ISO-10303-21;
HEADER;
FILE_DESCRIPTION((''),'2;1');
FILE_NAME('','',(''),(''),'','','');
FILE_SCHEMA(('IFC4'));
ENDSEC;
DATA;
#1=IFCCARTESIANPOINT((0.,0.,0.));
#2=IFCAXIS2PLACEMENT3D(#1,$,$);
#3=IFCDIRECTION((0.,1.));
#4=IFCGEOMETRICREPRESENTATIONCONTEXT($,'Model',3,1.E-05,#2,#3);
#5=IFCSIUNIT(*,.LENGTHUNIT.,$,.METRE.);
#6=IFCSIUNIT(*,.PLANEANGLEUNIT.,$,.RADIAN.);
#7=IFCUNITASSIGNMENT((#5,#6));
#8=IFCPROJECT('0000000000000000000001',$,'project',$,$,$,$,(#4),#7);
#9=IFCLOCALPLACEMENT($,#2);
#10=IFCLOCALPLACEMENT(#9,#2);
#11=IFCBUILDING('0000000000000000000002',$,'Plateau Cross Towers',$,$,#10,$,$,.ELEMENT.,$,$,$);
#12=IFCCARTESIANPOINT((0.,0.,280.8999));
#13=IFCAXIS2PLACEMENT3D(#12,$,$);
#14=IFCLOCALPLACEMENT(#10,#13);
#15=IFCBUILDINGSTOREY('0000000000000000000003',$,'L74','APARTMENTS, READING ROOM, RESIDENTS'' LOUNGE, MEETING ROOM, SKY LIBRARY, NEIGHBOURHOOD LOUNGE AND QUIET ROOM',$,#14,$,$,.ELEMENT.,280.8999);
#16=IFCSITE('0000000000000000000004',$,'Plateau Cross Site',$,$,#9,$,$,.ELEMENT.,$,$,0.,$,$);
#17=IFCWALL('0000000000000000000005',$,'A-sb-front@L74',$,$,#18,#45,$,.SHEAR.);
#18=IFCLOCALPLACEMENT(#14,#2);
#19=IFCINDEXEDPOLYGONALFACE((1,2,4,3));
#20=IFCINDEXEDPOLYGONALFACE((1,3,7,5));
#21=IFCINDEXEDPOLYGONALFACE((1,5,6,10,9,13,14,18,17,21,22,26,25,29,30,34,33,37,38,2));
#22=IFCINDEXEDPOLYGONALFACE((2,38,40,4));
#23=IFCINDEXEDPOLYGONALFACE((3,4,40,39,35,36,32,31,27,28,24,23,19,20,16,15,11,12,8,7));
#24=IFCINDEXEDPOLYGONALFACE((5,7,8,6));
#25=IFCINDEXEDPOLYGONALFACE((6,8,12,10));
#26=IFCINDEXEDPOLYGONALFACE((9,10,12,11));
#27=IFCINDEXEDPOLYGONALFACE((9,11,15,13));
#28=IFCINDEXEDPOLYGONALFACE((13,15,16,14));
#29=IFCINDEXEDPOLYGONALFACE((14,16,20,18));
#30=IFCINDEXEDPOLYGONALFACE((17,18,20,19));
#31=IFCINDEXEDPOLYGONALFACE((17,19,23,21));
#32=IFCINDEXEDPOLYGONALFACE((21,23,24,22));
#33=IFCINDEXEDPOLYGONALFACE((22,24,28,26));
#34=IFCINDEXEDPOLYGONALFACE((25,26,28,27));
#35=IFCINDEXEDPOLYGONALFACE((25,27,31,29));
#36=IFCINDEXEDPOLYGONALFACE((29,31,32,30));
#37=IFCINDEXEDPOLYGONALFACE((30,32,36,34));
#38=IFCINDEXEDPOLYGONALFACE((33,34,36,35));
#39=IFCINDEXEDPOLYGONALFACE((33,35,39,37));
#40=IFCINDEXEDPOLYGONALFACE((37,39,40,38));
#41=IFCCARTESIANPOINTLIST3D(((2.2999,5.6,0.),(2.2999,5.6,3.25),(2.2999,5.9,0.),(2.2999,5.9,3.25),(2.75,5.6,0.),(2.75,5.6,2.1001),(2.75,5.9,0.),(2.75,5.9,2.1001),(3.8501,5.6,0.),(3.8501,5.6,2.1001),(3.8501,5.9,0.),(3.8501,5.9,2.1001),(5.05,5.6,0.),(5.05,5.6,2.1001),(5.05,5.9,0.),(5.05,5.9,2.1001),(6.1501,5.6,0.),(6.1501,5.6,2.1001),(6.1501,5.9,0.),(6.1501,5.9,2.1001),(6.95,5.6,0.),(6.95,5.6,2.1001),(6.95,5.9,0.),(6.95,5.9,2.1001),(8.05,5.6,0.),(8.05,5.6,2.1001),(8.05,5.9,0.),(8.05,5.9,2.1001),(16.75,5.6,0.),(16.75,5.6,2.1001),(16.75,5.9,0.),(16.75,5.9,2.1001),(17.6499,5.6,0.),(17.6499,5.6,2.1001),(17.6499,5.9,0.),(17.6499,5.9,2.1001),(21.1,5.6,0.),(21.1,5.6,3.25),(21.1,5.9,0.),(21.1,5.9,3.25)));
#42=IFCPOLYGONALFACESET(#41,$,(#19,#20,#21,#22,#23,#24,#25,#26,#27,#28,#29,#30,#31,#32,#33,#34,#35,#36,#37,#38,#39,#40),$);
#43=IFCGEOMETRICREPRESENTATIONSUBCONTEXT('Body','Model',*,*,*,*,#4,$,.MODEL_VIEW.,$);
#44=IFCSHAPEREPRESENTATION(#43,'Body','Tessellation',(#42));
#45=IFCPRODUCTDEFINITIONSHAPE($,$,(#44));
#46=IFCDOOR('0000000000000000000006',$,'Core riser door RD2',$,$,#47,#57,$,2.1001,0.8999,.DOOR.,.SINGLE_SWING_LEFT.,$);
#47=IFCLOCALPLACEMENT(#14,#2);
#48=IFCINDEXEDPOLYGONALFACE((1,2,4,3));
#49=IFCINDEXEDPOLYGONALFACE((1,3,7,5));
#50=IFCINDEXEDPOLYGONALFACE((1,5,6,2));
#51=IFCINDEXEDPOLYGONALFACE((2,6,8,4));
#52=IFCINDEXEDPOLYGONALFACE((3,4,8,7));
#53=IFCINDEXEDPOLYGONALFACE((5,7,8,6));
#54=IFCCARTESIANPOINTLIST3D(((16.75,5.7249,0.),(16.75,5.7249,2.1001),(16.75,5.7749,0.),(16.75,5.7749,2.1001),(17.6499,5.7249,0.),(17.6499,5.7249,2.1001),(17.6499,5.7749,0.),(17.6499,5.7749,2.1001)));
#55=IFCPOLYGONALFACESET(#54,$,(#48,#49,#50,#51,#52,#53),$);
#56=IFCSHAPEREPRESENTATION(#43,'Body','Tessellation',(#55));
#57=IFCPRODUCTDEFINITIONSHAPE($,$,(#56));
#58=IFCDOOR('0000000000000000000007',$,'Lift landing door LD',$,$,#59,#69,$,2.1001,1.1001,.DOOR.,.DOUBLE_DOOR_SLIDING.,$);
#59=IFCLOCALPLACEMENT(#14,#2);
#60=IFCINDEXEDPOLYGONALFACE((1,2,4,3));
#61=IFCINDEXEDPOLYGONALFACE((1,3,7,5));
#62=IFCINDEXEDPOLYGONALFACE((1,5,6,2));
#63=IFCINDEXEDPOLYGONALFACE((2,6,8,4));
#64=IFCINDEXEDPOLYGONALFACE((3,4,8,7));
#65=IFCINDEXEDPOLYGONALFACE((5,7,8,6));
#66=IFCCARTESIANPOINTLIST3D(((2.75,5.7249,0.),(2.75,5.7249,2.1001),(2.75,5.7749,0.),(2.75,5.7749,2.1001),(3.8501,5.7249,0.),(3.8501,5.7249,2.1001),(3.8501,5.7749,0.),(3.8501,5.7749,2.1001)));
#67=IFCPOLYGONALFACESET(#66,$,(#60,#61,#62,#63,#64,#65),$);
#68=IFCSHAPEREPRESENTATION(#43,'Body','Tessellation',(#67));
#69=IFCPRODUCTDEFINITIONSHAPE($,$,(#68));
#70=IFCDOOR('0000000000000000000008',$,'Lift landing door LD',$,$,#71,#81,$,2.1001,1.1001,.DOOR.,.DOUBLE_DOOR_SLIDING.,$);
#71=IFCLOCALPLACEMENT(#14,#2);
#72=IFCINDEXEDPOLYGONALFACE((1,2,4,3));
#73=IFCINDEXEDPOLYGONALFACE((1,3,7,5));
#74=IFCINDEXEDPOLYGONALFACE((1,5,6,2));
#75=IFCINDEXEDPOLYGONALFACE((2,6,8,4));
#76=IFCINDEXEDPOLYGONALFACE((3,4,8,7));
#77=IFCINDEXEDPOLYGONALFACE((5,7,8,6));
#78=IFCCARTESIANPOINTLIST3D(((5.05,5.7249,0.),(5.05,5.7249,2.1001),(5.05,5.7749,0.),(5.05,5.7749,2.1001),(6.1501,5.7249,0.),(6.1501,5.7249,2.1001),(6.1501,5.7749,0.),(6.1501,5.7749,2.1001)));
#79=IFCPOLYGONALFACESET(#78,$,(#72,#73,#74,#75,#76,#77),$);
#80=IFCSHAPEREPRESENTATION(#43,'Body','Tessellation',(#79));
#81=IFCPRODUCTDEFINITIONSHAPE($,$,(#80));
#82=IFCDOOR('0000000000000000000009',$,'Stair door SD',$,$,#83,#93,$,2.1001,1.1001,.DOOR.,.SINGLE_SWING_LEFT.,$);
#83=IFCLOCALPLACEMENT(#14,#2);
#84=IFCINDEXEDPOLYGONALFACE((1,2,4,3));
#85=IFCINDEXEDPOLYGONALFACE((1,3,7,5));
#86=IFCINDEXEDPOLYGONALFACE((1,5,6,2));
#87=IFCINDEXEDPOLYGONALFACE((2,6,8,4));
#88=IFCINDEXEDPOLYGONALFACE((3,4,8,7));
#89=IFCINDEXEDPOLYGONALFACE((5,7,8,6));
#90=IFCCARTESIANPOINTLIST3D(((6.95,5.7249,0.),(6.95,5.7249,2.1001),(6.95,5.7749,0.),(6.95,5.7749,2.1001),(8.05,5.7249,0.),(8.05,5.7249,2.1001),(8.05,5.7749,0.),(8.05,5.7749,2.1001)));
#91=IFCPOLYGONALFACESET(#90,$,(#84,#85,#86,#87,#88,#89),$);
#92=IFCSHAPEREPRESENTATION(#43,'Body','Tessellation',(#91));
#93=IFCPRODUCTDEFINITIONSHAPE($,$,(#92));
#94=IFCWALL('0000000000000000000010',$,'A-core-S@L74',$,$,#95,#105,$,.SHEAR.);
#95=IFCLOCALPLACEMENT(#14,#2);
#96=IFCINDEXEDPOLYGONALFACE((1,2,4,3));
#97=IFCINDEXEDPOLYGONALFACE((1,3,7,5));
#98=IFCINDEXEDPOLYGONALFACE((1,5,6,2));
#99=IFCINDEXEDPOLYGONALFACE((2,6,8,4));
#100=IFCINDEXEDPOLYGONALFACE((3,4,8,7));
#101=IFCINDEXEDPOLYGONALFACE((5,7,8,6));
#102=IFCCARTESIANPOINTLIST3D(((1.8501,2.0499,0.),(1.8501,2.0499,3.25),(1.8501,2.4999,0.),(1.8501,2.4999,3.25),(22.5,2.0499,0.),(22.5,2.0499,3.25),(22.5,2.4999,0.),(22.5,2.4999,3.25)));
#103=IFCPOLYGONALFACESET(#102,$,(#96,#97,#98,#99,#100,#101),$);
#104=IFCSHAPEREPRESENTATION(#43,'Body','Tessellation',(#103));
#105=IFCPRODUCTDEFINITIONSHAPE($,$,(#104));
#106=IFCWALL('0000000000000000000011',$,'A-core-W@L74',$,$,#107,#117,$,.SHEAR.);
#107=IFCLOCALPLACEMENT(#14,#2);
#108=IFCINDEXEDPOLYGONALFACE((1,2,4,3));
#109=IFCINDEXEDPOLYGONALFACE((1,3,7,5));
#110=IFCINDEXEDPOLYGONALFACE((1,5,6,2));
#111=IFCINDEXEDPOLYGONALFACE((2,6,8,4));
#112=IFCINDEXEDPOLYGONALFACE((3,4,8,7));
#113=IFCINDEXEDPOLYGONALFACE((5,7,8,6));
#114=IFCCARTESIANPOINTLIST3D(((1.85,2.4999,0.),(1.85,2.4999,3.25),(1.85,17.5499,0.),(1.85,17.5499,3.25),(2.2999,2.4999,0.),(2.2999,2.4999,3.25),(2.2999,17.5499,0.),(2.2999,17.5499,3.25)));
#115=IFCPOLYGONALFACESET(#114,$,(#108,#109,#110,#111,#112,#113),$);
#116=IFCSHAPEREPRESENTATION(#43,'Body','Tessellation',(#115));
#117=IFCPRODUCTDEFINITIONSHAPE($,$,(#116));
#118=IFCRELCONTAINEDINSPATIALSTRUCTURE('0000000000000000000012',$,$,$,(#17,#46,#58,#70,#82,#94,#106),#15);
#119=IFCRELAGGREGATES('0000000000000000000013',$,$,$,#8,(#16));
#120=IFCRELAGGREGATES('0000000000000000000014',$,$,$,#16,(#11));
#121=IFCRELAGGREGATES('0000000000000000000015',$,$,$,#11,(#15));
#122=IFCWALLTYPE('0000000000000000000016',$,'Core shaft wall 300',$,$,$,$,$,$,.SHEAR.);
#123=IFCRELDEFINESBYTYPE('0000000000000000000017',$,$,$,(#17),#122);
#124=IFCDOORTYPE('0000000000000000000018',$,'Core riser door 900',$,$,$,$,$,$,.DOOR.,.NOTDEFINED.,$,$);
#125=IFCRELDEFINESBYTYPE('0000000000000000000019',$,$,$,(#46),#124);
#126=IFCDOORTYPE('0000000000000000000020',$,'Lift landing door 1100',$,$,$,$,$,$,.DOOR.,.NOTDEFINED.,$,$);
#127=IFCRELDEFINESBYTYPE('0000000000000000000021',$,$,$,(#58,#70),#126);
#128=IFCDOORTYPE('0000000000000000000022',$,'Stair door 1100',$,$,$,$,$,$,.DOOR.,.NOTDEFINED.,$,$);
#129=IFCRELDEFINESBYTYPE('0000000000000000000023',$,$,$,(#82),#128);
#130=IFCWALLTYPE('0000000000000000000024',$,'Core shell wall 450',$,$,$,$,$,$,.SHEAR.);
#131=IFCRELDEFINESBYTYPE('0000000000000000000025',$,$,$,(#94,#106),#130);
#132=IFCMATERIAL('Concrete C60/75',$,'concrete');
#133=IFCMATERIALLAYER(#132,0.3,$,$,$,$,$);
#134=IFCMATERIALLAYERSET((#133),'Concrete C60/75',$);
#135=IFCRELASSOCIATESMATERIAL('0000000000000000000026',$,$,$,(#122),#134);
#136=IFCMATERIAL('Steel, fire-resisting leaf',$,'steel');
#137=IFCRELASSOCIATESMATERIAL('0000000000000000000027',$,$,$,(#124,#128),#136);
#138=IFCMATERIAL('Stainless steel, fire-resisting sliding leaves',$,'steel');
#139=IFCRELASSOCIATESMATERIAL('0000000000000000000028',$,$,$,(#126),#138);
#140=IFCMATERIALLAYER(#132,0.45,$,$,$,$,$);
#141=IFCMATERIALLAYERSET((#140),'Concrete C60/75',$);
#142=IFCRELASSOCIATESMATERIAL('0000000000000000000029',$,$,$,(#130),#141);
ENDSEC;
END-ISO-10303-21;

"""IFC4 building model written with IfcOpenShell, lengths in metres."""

from ifc_helpers import new_model, si_unit, direction, frame, frame_2d, origin, place, context, subcontext, project, spatial, rectangle, extrude, material, layer, layer_set, type_object, element, fill, save


model = new_model("IFC4")

# Units and contexts
model_context = context("Model", 3, precision=1e-05, world=origin(), true_north=direction((0.0, 1.0)))
body_context = subcontext(model_context, "Body", "Model", "MODEL_VIEW")
ifc_project = project(units=[si_unit("LENGTHUNIT", "METRE"), si_unit("PLANEANGLEUNIT", "RADIAN")], contexts=[model_context])

# Site, building, storey
site_placement = place(None, origin())
site = spatial("IfcSite", under=ifc_project, at=site_placement, Name="Plateau Cross Site", CompositionType="ELEMENT", RefElevation=0.0)
building_placement = place(site_placement, origin())
building = spatial("IfcBuilding", under=site, at=building_placement, Name="Plateau Cross Towers", CompositionType="ELEMENT")
storey_placement = place(building_placement, frame((0.0, 0.0, 280.8999)))
storey = spatial("IfcBuildingStorey", under=building, at=storey_placement, Name="L74", Description="APARTMENTS, READING ROOM, RESIDENTS' LOUNGE, MEETING ROOM, SKY LIBRARY, NEIGHBOURHOOD LOUNGE AND QUIET ROOM", CompositionType="ELEMENT", Elevation=280.8999)

# Shared definitions
ifc_material_1 = material(Name="Concrete C60/75", Category="concrete")

# Shared definitions
ifc_layer_1 = layer(ifc_material_1, 0.3)
ifc_layer_set_1 = layer_set([ifc_layer_1], Name="Concrete C60/75")
wall_type_1 = type_object("IfcWallType", Name="Core shaft wall 300", PredefinedType="SHEAR", material=ifc_layer_set_1)

# Wall, openings, doors
wall_1_placement = place(storey_placement, frame((2.3, 5.75, 0.0), z_axis=(0.0, 0.0, 1.0), x_axis=(1.0, 0.0, 0.0)))
wall_1 = element("IfcWall", 1, at=wall_1_placement, inside=storey, type_object=wall_type_1, Name="A-sb-front@L74", PredefinedType="SHEAR", context=body_context, shape_type="SweptSolid", body=[
    extrude(rectangle(XDim=18.8, YDim=0.3, at=frame_2d((9.3999, 0.0))), origin(), (0.0, 0.0, 1.0), 3.25),
])
opening_1_placement = place(wall_1_placement, frame((4.6499, 0.0, 0.0)))
opening_1 = element("IfcOpeningElement", 2, at=opening_1_placement, cuts=wall_1, PredefinedType="OPENING", context=body_context, shape_type="SweptSolid", body=[
    extrude(rectangle(XDim=1.1001, YDim=2.1001, at=frame_2d((0.55, 1.05))), frame((0.0, 0.1599, 0.0), z_axis=(0.0, -1.0, 0.0), x_axis=(1.0, 0.0, 0.0)), (0.0, 0.0, 1.0), 0.3201),
])
opening_2_placement = place(wall_1_placement, frame((0.45, 0.0, 0.0)))
opening_2 = element("IfcOpeningElement", 3, at=opening_2_placement, cuts=wall_1, PredefinedType="OPENING", context=body_context, shape_type="SweptSolid", body=[
    extrude(rectangle(XDim=1.1001, YDim=2.1001, at=frame_2d((0.55, 1.05))), frame((0.0, 0.1599, 0.0), z_axis=(0.0, -1.0, 0.0), x_axis=(1.0, 0.0, 0.0)), (0.0, 0.0, 1.0), 0.3201),
])
opening_3_placement = place(wall_1_placement, frame((2.75, 0.0, 0.0)))
opening_3 = element("IfcOpeningElement", 4, at=opening_3_placement, cuts=wall_1, PredefinedType="OPENING", context=body_context, shape_type="SweptSolid", body=[
    extrude(rectangle(XDim=1.1001, YDim=2.1001, at=frame_2d((0.55, 1.05))), frame((0.0, 0.1599, 0.0), z_axis=(0.0, -1.0, 0.0), x_axis=(1.0, 0.0, 0.0)), (0.0, 0.0, 1.0), 0.3201),
])
opening_4_placement = place(wall_1_placement, frame((14.45, 0.0, 0.0)))
opening_4 = element("IfcOpeningElement", 5, at=opening_4_placement, cuts=wall_1, PredefinedType="OPENING", context=body_context, shape_type="SweptSolid", body=[
    extrude(rectangle(XDim=0.8999, YDim=2.1001, at=frame_2d((0.45, 1.05))), frame((0.0, 0.1599, 0.0), z_axis=(0.0, -1.0, 0.0), x_axis=(1.0, 0.0, 0.0)), (0.0, 0.0, 1.0), 0.3201),
])
ifc_material_2 = material(Name="Steel, fire-resisting leaf", Category="steel")
door_type_1 = type_object("IfcDoorType", Name="Core riser door 900", OperationType="NOTDEFINED", PredefinedType="DOOR", material=ifc_material_2)
door_1_placement = place(opening_4_placement, origin())
door_1 = element("IfcDoor", 6, at=door_1_placement, inside=storey, type_object=door_type_1, Name="Core riser door RD2", OperationType="SINGLE_SWING_LEFT", OverallHeight=2.1001, OverallWidth=0.8999, PredefinedType="DOOR", context=body_context, shape_type="SweptSolid", body=[
    extrude(rectangle(XDim=0.8999, YDim=2.1001, at=frame_2d((0.45, 1.05))), frame((0.0, 0.0249, 0.0), z_axis=(0.0, -1.0, 0.0), x_axis=(1.0, 0.0, 0.0)), (0.0, 0.0, 1.0), 0.05),
])
fill(opening_4, door_1)
ifc_material_3 = material(Name="Stainless steel, fire-resisting sliding leaves", Category="steel")
door_type_2 = type_object("IfcDoorType", Name="Lift landing door 1100", OperationType="NOTDEFINED", PredefinedType="DOOR", material=ifc_material_3)
door_2_placement = place(opening_2_placement, origin())
door_2 = element("IfcDoor", 7, at=door_2_placement, inside=storey, type_object=door_type_2, Name="Lift landing door LD", OperationType="DOUBLE_DOOR_SLIDING", OverallHeight=2.1001, OverallWidth=1.1001, PredefinedType="DOOR", context=body_context, shape_type="SweptSolid", body=[
    extrude(rectangle(XDim=1.1001, YDim=2.1001, at=frame_2d((0.55, 1.05))), frame((0.0, 0.0249, 0.0), z_axis=(0.0, -1.0, 0.0), x_axis=(1.0, 0.0, 0.0)), (0.0, 0.0, 1.0), 0.05),
])
fill(opening_2, door_2)
door_3_placement = place(opening_3_placement, origin())
door_3 = element("IfcDoor", 8, at=door_3_placement, inside=storey, type_object=door_type_2, Name="Lift landing door LD", OperationType="DOUBLE_DOOR_SLIDING", OverallHeight=2.1001, OverallWidth=1.1001, PredefinedType="DOOR", context=body_context, shape_type="SweptSolid", body=[
    extrude(rectangle(XDim=1.1001, YDim=2.1001, at=frame_2d((0.55, 1.05))), frame((0.0, 0.0249, 0.0), z_axis=(0.0, -1.0, 0.0), x_axis=(1.0, 0.0, 0.0)), (0.0, 0.0, 1.0), 0.05),
])
fill(opening_3, door_3)
door_type_3 = type_object("IfcDoorType", Name="Stair door 1100", OperationType="NOTDEFINED", PredefinedType="DOOR", material=ifc_material_2)
door_4_placement = place(opening_1_placement, origin())
door_4 = element("IfcDoor", 9, at=door_4_placement, inside=storey, type_object=door_type_3, Name="Stair door SD", OperationType="SINGLE_SWING_LEFT", OverallHeight=2.1001, OverallWidth=1.1001, PredefinedType="DOOR", context=body_context, shape_type="SweptSolid", body=[
    extrude(rectangle(XDim=1.1001, YDim=2.1001, at=frame_2d((0.55, 1.05))), frame((0.0, 0.0249, 0.0), z_axis=(0.0, -1.0, 0.0), x_axis=(1.0, 0.0, 0.0)), (0.0, 0.0, 1.0), 0.05),
])
fill(opening_1, door_4)

# Walls
ifc_layer_2 = layer(ifc_material_1, 0.45)
ifc_layer_set_2 = layer_set([ifc_layer_2], Name="Concrete C60/75")
wall_type_2 = type_object("IfcWallType", Name="Core shell wall 450", PredefinedType="SHEAR", material=ifc_layer_set_2)
wall_2_placement = place(storey_placement, frame((1.8501, 2.2749, 0.0), z_axis=(0.0, 0.0, 1.0), x_axis=(1.0, 0.0, 0.0)))
element("IfcWall", 10, at=wall_2_placement, inside=storey, type_object=wall_type_2, Name="A-core-S@L74", PredefinedType="SHEAR", context=body_context, shape_type="SweptSolid", body=[
    extrude(rectangle(XDim=20.6499, YDim=0.45, at=frame_2d((10.325, 0.0))), origin(), (0.0, 0.0, 1.0), 3.25),
])
wall_3_placement = place(storey_placement, frame((2.075, 2.5, 0.0), z_axis=(0.0, 0.0, 1.0), x_axis=(0.0, 1.0, 0.0)))
element("IfcWall", 11, at=wall_3_placement, inside=storey, type_object=wall_type_2, Name="A-core-W@L74", PredefinedType="SHEAR", context=body_context, shape_type="SweptSolid", body=[
    extrude(rectangle(XDim=15.05, YDim=0.45, at=frame_2d((7.5249, 0.0))), origin(), (0.0, 0.0, 1.0), 3.25),
])

save(model, "model.ifc")
